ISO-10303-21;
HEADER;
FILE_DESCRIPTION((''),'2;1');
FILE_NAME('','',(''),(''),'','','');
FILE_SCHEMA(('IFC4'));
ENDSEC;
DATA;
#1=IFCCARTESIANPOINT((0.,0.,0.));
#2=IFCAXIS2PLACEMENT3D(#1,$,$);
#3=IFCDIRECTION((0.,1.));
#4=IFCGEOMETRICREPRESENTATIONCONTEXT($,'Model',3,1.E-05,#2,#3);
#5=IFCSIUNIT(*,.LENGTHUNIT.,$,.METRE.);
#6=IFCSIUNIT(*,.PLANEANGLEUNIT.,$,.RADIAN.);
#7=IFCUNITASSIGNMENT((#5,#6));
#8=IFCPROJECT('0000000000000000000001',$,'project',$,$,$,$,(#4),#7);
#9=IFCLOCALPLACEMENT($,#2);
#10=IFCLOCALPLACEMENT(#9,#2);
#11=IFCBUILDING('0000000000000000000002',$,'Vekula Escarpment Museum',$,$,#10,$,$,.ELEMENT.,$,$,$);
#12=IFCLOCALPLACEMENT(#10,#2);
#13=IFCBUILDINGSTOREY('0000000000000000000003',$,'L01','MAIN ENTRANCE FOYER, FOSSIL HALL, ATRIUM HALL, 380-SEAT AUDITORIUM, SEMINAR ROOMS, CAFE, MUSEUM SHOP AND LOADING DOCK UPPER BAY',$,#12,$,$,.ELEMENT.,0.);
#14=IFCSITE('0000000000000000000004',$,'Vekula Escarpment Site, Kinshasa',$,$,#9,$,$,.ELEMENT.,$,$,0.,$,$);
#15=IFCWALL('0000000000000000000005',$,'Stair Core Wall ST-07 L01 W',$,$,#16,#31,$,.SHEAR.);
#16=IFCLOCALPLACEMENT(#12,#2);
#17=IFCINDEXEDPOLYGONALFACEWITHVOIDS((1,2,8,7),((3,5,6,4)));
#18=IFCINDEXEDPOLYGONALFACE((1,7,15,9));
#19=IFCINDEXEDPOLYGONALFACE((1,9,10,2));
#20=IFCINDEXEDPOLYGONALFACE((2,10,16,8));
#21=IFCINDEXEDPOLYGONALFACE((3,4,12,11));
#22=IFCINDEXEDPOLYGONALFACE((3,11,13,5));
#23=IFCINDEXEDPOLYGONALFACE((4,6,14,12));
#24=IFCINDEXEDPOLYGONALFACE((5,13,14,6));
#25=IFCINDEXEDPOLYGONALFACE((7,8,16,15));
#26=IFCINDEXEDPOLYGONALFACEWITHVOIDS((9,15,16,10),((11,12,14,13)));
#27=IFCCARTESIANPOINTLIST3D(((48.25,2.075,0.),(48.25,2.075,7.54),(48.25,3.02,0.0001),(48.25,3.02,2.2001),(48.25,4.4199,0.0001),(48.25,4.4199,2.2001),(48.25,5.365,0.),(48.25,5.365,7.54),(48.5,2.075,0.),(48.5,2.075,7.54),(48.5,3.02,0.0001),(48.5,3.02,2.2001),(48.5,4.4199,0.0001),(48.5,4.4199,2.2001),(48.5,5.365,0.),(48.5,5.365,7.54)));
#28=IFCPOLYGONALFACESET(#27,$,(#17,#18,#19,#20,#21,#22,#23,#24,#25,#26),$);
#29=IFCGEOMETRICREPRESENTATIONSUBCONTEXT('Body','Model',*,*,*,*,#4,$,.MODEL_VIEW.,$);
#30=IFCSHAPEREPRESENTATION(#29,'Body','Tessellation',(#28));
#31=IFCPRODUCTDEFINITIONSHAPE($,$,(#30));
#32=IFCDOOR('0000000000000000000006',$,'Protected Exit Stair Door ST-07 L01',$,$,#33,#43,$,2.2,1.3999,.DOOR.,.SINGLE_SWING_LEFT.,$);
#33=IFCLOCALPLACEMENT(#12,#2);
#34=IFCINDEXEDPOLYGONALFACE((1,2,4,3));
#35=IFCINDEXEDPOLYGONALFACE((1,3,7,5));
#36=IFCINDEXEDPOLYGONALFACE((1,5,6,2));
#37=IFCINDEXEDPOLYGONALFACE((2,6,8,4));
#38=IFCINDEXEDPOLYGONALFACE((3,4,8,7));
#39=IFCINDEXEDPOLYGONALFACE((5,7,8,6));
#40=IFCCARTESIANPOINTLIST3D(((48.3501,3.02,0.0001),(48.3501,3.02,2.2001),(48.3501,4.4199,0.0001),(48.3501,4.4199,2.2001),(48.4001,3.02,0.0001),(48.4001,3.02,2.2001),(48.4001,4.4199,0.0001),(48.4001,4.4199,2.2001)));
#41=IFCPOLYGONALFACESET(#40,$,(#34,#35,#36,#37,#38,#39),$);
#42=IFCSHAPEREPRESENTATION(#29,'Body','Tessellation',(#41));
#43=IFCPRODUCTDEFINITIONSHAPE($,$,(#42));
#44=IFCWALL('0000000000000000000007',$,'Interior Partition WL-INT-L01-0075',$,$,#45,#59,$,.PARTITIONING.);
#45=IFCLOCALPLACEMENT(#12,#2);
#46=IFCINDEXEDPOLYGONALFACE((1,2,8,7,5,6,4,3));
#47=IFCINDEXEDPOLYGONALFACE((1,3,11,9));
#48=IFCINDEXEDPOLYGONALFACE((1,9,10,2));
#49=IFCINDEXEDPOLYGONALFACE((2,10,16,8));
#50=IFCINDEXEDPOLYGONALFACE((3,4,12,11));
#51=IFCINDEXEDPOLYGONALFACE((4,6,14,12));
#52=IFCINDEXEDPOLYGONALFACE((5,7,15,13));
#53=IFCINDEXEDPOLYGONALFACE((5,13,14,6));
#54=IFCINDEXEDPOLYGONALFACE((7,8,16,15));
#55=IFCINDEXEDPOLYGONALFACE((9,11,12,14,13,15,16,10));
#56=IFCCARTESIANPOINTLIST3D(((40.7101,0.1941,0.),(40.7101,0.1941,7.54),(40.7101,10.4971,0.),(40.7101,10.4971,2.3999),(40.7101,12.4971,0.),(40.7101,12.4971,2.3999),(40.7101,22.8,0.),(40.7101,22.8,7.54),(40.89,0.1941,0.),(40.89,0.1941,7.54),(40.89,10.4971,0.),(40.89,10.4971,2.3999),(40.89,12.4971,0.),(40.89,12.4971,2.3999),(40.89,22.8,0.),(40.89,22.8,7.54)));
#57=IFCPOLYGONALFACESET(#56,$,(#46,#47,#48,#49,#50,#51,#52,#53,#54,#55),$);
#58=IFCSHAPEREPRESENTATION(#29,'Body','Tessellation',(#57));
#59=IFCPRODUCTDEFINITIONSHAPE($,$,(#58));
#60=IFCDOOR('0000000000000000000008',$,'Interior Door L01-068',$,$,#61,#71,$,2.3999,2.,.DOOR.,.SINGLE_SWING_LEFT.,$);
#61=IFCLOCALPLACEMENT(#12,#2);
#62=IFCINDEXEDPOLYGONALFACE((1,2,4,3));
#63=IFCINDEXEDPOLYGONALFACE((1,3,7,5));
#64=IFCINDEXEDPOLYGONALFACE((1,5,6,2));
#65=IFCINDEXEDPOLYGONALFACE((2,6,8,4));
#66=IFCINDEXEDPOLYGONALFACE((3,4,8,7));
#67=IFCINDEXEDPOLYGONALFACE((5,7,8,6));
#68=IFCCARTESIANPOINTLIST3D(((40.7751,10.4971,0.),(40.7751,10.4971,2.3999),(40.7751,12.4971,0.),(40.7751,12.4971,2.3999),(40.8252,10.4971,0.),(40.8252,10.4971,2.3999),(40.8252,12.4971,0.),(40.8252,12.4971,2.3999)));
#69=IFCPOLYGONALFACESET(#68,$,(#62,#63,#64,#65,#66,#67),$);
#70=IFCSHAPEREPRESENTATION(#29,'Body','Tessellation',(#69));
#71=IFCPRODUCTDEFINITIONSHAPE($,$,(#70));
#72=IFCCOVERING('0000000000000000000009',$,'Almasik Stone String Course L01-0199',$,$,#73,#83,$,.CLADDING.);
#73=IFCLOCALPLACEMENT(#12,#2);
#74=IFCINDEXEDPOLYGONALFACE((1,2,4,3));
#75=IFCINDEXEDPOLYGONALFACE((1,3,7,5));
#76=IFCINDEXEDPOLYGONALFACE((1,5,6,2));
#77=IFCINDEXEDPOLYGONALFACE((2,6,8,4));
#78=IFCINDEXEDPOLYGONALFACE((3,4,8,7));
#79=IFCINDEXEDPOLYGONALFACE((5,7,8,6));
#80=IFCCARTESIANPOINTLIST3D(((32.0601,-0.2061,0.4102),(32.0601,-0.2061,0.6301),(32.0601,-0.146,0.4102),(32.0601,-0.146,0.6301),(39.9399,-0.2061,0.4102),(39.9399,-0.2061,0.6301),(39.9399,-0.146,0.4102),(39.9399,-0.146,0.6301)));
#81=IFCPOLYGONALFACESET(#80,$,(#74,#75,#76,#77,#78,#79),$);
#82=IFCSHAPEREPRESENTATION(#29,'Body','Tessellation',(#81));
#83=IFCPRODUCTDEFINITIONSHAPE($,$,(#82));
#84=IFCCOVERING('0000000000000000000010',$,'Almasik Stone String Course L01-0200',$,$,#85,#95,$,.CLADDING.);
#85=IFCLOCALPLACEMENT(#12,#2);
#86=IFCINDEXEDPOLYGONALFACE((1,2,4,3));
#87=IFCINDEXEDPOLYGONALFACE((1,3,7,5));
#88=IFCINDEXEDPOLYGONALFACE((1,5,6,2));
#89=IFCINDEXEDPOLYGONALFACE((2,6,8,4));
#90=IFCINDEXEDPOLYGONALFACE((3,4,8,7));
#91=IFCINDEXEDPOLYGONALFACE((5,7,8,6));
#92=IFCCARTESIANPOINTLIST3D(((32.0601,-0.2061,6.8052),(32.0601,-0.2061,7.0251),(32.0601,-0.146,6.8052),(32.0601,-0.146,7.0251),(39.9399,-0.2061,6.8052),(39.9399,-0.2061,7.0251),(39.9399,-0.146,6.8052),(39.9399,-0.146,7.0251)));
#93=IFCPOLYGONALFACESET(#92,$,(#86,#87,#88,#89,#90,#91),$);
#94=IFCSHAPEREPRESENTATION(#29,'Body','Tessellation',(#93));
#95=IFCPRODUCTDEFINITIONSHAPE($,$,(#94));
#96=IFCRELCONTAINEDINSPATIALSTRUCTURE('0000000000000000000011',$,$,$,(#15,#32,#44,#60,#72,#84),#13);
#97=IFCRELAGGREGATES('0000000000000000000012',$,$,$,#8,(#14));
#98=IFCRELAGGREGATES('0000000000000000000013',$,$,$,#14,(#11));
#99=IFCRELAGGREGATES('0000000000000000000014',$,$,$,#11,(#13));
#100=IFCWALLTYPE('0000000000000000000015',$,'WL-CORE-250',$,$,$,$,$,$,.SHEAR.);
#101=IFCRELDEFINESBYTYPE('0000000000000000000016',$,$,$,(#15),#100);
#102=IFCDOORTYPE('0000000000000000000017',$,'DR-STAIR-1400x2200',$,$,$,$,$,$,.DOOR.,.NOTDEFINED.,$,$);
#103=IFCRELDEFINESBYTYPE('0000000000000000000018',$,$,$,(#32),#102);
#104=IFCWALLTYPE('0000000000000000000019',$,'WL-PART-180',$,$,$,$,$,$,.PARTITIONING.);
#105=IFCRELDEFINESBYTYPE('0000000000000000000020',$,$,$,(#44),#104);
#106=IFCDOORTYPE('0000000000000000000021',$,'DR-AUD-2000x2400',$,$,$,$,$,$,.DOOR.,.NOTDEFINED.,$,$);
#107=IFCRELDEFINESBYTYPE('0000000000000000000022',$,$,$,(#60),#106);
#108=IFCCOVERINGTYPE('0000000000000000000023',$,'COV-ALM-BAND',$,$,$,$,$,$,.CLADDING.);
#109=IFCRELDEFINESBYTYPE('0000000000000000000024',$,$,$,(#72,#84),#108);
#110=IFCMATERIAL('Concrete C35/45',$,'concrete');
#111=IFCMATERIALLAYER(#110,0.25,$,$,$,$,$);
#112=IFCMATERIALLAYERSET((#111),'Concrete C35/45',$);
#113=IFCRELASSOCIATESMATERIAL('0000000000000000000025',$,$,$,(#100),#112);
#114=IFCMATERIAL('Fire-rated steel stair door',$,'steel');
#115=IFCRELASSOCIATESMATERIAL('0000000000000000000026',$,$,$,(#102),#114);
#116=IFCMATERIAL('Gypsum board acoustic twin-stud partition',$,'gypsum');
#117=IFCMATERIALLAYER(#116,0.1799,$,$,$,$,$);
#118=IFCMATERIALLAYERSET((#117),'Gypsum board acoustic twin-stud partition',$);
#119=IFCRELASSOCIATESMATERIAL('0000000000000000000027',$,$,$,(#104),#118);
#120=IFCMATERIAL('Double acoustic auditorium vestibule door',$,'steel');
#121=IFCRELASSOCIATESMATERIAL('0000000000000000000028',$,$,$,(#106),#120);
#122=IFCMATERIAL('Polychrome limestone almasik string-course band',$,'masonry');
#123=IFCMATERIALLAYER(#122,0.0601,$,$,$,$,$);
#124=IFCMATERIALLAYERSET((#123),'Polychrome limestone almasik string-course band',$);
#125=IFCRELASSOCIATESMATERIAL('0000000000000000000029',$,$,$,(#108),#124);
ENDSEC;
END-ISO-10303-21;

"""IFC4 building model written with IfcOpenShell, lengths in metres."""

from ifc_helpers import new_model, si_unit, direction, frame, frame_2d, origin, origin_2d, place, context, subcontext, project, spatial, rectangle, extrude, material, layer, layer_set, type_object, element, fill, save


model = new_model("IFC4")

# Units and contexts
model_context = context("Model", 3, precision=1e-05, world=origin(), true_north=direction((0.0, 1.0)))
body_context = subcontext(model_context, "Body", "Model", "MODEL_VIEW")
ifc_project = project(units=[si_unit("LENGTHUNIT", "METRE"), si_unit("PLANEANGLEUNIT", "RADIAN")], contexts=[model_context])

# Site, building, storey
site_placement = place(None, origin())
site = spatial("IfcSite", under=ifc_project, at=site_placement, Name="Vekula Escarpment Site, Kinshasa", CompositionType="ELEMENT", RefElevation=0.0)
building_placement = place(site_placement, origin())
building = spatial("IfcBuilding", under=site, at=building_placement, Name="Vekula Escarpment Museum", CompositionType="ELEMENT")
storey_placement = place(building_placement, origin())
storey = spatial("IfcBuildingStorey", under=building, at=storey_placement, Name="L01", Description="MAIN ENTRANCE FOYER, FOSSIL HALL, ATRIUM HALL, 380-SEAT AUDITORIUM, SEMINAR ROOMS, CAFE, MUSEUM SHOP AND LOADING DOCK UPPER BAY", CompositionType="ELEMENT", Elevation=0.0)

# Walls, openings, doors
ifc_material_1 = material(Name="Concrete C35/45", Category="concrete")
ifc_layer_1 = layer(ifc_material_1, 0.25)
ifc_layer_set_1 = layer_set([ifc_layer_1], Name="Concrete C35/45")
wall_type_1 = type_object("IfcWallType", Name="WL-CORE-250", PredefinedType="SHEAR", material=ifc_layer_set_1)
wall_1_placement = place(storey_placement, frame((48.375, 2.075, 0.0), z_axis=(0.0, 0.0, 1.0), x_axis=(0.0, 1.0, 0.0)))
wall_1 = element("IfcWall", 1, at=wall_1_placement, inside=storey, type_object=wall_type_1, Name="Stair Core Wall ST-07 L01 W", PredefinedType="SHEAR", context=body_context, shape_type="SweptSolid", body=[
    extrude(rectangle(XDim=3.29, YDim=0.25, at=frame_2d((1.645, 0.0))), origin(), (0.0, 0.0, 1.0), 7.54),
])
opening_1_placement = place(wall_1_placement, frame((0.9451, 0.0, 0.0)))
opening_1 = element("IfcOpeningElement", 2, at=opening_1_placement, cuts=wall_1, PredefinedType="OPENING", context=body_context, shape_type="SweptSolid", body=[
    extrude(rectangle(XDim=1.3999, YDim=2.2, at=frame_2d((0.7, 1.1001))), frame((0.0, 0.135, 0.0), z_axis=(0.0, -1.0, 0.0), x_axis=(1.0, 0.0, 0.0)), (0.0, 0.0, 1.0), 0.27),
])
ifc_material_2 = material(Name="Fire-rated steel stair door", Category="steel")
door_type_1 = type_object("IfcDoorType", Name="DR-STAIR-1400x2200", OperationType="NOTDEFINED", PredefinedType="DOOR", material=ifc_material_2)
door_1_placement = place(opening_1_placement, origin())
door_1 = element("IfcDoor", 3, at=door_1_placement, inside=storey, type_object=door_type_1, Name="Protected Exit Stair Door ST-07 L01", OperationType="SINGLE_SWING_LEFT", OverallHeight=2.2, OverallWidth=1.3999, PredefinedType="DOOR", context=body_context, shape_type="SweptSolid", body=[
    extrude(rectangle(XDim=1.3999, YDim=2.2, at=frame_2d((0.7, 1.1001))), frame((0.0, 0.0249, 0.0), z_axis=(0.0, -1.0, 0.0), x_axis=(1.0, 0.0, 0.0)), (0.0, 0.0, 1.0), 0.05),
])
fill(opening_1, door_1)
ifc_material_3 = material(Name="Gypsum board acoustic twin-stud partition", Category="gypsum")
ifc_layer_2 = layer(ifc_material_3, 0.1799)
ifc_layer_set_2 = layer_set([ifc_layer_2], Name="Gypsum board acoustic twin-stud partition")
wall_type_2 = type_object("IfcWallType", Name="WL-PART-180", PredefinedType="PARTITIONING", material=ifc_layer_set_2)
wall_2_placement = place(storey_placement, frame((40.8, 0.1941, 0.0), z_axis=(0.0, 0.0, 1.0), x_axis=(0.0, 1.0, 0.0)))
wall_2 = element("IfcWall", 4, at=wall_2_placement, inside=storey, type_object=wall_type_2, Name="Interior Partition WL-INT-L01-0075", PredefinedType="PARTITIONING", context=body_context, shape_type="SweptSolid", body=[
    extrude(rectangle(XDim=22.606, YDim=0.1799, at=frame_2d((11.303, 0.0))), origin(), (0.0, 0.0, 1.0), 7.54),
])
opening_2_placement = place(wall_2_placement, frame((10.303, 0.0, 0.0)))
opening_2 = element("IfcOpeningElement", 5, at=opening_2_placement, cuts=wall_2, PredefinedType="OPENING", context=body_context, shape_type="SweptSolid", body=[
    extrude(rectangle(XDim=2.0, YDim=2.3999, at=frame_2d((1.0, 1.2))), frame((0.0, 0.0999, 0.0), z_axis=(0.0, -1.0, 0.0), x_axis=(1.0, 0.0, 0.0)), (0.0, 0.0, 1.0), 0.2),
])
ifc_material_4 = material(Name="Double acoustic auditorium vestibule door", Category="steel")
door_type_2 = type_object("IfcDoorType", Name="DR-AUD-2000x2400", OperationType="NOTDEFINED", PredefinedType="DOOR", material=ifc_material_4)
door_2_placement = place(opening_2_placement, origin())
door_2 = element("IfcDoor", 6, at=door_2_placement, inside=storey, type_object=door_type_2, Name="Interior Door L01-068", OperationType="SINGLE_SWING_LEFT", OverallHeight=2.3999, OverallWidth=2.0, PredefinedType="DOOR", context=body_context, shape_type="SweptSolid", body=[
    extrude(rectangle(XDim=2.0, YDim=2.3999, at=frame_2d((1.0, 1.2))), frame((0.0, 0.0249, 0.0), z_axis=(0.0, -1.0, 0.0), x_axis=(1.0, 0.0, 0.0)), (0.0, 0.0, 1.0), 0.05),
])
fill(opening_2, door_2)

# Coverings
ifc_material_5 = material(Name="Polychrome limestone almasik string-course band", Category="masonry")
ifc_layer_3 = layer(ifc_material_5, 0.0601)
ifc_layer_set_3 = layer_set([ifc_layer_3], Name="Polychrome limestone almasik string-course band")
covering_type = type_object("IfcCoveringType", Name="COV-ALM-BAND", PredefinedType="CLADDING", material=ifc_layer_set_3)
for number, where, z_axis, x_axis, name in (
    (7, (36.0, -0.176, 0.4102), (0.0, 0.0, 1.0), (1.0, 0.0, 0.0), "Almasik Stone String Course L01-0199"),
    (8, (36.0, -0.176, 6.8052), (0.0, 0.0, 1.0), (1.0, 0.0, 0.0), "Almasik Stone String Course L01-0200"),
):
    element("IfcCovering", number, at=place(storey_placement, frame(where, z_axis=z_axis, x_axis=x_axis)), inside=storey, type_object=covering_type, Name=name, PredefinedType="CLADDING", context=body_context, shape_type="SweptSolid", body=[
        extrude(rectangle(XDim=7.8799, YDim=0.0601, at=origin_2d()), origin(), (0.0, 0.0, 1.0), 0.22),
    ])

save(model, "model.ifc")
